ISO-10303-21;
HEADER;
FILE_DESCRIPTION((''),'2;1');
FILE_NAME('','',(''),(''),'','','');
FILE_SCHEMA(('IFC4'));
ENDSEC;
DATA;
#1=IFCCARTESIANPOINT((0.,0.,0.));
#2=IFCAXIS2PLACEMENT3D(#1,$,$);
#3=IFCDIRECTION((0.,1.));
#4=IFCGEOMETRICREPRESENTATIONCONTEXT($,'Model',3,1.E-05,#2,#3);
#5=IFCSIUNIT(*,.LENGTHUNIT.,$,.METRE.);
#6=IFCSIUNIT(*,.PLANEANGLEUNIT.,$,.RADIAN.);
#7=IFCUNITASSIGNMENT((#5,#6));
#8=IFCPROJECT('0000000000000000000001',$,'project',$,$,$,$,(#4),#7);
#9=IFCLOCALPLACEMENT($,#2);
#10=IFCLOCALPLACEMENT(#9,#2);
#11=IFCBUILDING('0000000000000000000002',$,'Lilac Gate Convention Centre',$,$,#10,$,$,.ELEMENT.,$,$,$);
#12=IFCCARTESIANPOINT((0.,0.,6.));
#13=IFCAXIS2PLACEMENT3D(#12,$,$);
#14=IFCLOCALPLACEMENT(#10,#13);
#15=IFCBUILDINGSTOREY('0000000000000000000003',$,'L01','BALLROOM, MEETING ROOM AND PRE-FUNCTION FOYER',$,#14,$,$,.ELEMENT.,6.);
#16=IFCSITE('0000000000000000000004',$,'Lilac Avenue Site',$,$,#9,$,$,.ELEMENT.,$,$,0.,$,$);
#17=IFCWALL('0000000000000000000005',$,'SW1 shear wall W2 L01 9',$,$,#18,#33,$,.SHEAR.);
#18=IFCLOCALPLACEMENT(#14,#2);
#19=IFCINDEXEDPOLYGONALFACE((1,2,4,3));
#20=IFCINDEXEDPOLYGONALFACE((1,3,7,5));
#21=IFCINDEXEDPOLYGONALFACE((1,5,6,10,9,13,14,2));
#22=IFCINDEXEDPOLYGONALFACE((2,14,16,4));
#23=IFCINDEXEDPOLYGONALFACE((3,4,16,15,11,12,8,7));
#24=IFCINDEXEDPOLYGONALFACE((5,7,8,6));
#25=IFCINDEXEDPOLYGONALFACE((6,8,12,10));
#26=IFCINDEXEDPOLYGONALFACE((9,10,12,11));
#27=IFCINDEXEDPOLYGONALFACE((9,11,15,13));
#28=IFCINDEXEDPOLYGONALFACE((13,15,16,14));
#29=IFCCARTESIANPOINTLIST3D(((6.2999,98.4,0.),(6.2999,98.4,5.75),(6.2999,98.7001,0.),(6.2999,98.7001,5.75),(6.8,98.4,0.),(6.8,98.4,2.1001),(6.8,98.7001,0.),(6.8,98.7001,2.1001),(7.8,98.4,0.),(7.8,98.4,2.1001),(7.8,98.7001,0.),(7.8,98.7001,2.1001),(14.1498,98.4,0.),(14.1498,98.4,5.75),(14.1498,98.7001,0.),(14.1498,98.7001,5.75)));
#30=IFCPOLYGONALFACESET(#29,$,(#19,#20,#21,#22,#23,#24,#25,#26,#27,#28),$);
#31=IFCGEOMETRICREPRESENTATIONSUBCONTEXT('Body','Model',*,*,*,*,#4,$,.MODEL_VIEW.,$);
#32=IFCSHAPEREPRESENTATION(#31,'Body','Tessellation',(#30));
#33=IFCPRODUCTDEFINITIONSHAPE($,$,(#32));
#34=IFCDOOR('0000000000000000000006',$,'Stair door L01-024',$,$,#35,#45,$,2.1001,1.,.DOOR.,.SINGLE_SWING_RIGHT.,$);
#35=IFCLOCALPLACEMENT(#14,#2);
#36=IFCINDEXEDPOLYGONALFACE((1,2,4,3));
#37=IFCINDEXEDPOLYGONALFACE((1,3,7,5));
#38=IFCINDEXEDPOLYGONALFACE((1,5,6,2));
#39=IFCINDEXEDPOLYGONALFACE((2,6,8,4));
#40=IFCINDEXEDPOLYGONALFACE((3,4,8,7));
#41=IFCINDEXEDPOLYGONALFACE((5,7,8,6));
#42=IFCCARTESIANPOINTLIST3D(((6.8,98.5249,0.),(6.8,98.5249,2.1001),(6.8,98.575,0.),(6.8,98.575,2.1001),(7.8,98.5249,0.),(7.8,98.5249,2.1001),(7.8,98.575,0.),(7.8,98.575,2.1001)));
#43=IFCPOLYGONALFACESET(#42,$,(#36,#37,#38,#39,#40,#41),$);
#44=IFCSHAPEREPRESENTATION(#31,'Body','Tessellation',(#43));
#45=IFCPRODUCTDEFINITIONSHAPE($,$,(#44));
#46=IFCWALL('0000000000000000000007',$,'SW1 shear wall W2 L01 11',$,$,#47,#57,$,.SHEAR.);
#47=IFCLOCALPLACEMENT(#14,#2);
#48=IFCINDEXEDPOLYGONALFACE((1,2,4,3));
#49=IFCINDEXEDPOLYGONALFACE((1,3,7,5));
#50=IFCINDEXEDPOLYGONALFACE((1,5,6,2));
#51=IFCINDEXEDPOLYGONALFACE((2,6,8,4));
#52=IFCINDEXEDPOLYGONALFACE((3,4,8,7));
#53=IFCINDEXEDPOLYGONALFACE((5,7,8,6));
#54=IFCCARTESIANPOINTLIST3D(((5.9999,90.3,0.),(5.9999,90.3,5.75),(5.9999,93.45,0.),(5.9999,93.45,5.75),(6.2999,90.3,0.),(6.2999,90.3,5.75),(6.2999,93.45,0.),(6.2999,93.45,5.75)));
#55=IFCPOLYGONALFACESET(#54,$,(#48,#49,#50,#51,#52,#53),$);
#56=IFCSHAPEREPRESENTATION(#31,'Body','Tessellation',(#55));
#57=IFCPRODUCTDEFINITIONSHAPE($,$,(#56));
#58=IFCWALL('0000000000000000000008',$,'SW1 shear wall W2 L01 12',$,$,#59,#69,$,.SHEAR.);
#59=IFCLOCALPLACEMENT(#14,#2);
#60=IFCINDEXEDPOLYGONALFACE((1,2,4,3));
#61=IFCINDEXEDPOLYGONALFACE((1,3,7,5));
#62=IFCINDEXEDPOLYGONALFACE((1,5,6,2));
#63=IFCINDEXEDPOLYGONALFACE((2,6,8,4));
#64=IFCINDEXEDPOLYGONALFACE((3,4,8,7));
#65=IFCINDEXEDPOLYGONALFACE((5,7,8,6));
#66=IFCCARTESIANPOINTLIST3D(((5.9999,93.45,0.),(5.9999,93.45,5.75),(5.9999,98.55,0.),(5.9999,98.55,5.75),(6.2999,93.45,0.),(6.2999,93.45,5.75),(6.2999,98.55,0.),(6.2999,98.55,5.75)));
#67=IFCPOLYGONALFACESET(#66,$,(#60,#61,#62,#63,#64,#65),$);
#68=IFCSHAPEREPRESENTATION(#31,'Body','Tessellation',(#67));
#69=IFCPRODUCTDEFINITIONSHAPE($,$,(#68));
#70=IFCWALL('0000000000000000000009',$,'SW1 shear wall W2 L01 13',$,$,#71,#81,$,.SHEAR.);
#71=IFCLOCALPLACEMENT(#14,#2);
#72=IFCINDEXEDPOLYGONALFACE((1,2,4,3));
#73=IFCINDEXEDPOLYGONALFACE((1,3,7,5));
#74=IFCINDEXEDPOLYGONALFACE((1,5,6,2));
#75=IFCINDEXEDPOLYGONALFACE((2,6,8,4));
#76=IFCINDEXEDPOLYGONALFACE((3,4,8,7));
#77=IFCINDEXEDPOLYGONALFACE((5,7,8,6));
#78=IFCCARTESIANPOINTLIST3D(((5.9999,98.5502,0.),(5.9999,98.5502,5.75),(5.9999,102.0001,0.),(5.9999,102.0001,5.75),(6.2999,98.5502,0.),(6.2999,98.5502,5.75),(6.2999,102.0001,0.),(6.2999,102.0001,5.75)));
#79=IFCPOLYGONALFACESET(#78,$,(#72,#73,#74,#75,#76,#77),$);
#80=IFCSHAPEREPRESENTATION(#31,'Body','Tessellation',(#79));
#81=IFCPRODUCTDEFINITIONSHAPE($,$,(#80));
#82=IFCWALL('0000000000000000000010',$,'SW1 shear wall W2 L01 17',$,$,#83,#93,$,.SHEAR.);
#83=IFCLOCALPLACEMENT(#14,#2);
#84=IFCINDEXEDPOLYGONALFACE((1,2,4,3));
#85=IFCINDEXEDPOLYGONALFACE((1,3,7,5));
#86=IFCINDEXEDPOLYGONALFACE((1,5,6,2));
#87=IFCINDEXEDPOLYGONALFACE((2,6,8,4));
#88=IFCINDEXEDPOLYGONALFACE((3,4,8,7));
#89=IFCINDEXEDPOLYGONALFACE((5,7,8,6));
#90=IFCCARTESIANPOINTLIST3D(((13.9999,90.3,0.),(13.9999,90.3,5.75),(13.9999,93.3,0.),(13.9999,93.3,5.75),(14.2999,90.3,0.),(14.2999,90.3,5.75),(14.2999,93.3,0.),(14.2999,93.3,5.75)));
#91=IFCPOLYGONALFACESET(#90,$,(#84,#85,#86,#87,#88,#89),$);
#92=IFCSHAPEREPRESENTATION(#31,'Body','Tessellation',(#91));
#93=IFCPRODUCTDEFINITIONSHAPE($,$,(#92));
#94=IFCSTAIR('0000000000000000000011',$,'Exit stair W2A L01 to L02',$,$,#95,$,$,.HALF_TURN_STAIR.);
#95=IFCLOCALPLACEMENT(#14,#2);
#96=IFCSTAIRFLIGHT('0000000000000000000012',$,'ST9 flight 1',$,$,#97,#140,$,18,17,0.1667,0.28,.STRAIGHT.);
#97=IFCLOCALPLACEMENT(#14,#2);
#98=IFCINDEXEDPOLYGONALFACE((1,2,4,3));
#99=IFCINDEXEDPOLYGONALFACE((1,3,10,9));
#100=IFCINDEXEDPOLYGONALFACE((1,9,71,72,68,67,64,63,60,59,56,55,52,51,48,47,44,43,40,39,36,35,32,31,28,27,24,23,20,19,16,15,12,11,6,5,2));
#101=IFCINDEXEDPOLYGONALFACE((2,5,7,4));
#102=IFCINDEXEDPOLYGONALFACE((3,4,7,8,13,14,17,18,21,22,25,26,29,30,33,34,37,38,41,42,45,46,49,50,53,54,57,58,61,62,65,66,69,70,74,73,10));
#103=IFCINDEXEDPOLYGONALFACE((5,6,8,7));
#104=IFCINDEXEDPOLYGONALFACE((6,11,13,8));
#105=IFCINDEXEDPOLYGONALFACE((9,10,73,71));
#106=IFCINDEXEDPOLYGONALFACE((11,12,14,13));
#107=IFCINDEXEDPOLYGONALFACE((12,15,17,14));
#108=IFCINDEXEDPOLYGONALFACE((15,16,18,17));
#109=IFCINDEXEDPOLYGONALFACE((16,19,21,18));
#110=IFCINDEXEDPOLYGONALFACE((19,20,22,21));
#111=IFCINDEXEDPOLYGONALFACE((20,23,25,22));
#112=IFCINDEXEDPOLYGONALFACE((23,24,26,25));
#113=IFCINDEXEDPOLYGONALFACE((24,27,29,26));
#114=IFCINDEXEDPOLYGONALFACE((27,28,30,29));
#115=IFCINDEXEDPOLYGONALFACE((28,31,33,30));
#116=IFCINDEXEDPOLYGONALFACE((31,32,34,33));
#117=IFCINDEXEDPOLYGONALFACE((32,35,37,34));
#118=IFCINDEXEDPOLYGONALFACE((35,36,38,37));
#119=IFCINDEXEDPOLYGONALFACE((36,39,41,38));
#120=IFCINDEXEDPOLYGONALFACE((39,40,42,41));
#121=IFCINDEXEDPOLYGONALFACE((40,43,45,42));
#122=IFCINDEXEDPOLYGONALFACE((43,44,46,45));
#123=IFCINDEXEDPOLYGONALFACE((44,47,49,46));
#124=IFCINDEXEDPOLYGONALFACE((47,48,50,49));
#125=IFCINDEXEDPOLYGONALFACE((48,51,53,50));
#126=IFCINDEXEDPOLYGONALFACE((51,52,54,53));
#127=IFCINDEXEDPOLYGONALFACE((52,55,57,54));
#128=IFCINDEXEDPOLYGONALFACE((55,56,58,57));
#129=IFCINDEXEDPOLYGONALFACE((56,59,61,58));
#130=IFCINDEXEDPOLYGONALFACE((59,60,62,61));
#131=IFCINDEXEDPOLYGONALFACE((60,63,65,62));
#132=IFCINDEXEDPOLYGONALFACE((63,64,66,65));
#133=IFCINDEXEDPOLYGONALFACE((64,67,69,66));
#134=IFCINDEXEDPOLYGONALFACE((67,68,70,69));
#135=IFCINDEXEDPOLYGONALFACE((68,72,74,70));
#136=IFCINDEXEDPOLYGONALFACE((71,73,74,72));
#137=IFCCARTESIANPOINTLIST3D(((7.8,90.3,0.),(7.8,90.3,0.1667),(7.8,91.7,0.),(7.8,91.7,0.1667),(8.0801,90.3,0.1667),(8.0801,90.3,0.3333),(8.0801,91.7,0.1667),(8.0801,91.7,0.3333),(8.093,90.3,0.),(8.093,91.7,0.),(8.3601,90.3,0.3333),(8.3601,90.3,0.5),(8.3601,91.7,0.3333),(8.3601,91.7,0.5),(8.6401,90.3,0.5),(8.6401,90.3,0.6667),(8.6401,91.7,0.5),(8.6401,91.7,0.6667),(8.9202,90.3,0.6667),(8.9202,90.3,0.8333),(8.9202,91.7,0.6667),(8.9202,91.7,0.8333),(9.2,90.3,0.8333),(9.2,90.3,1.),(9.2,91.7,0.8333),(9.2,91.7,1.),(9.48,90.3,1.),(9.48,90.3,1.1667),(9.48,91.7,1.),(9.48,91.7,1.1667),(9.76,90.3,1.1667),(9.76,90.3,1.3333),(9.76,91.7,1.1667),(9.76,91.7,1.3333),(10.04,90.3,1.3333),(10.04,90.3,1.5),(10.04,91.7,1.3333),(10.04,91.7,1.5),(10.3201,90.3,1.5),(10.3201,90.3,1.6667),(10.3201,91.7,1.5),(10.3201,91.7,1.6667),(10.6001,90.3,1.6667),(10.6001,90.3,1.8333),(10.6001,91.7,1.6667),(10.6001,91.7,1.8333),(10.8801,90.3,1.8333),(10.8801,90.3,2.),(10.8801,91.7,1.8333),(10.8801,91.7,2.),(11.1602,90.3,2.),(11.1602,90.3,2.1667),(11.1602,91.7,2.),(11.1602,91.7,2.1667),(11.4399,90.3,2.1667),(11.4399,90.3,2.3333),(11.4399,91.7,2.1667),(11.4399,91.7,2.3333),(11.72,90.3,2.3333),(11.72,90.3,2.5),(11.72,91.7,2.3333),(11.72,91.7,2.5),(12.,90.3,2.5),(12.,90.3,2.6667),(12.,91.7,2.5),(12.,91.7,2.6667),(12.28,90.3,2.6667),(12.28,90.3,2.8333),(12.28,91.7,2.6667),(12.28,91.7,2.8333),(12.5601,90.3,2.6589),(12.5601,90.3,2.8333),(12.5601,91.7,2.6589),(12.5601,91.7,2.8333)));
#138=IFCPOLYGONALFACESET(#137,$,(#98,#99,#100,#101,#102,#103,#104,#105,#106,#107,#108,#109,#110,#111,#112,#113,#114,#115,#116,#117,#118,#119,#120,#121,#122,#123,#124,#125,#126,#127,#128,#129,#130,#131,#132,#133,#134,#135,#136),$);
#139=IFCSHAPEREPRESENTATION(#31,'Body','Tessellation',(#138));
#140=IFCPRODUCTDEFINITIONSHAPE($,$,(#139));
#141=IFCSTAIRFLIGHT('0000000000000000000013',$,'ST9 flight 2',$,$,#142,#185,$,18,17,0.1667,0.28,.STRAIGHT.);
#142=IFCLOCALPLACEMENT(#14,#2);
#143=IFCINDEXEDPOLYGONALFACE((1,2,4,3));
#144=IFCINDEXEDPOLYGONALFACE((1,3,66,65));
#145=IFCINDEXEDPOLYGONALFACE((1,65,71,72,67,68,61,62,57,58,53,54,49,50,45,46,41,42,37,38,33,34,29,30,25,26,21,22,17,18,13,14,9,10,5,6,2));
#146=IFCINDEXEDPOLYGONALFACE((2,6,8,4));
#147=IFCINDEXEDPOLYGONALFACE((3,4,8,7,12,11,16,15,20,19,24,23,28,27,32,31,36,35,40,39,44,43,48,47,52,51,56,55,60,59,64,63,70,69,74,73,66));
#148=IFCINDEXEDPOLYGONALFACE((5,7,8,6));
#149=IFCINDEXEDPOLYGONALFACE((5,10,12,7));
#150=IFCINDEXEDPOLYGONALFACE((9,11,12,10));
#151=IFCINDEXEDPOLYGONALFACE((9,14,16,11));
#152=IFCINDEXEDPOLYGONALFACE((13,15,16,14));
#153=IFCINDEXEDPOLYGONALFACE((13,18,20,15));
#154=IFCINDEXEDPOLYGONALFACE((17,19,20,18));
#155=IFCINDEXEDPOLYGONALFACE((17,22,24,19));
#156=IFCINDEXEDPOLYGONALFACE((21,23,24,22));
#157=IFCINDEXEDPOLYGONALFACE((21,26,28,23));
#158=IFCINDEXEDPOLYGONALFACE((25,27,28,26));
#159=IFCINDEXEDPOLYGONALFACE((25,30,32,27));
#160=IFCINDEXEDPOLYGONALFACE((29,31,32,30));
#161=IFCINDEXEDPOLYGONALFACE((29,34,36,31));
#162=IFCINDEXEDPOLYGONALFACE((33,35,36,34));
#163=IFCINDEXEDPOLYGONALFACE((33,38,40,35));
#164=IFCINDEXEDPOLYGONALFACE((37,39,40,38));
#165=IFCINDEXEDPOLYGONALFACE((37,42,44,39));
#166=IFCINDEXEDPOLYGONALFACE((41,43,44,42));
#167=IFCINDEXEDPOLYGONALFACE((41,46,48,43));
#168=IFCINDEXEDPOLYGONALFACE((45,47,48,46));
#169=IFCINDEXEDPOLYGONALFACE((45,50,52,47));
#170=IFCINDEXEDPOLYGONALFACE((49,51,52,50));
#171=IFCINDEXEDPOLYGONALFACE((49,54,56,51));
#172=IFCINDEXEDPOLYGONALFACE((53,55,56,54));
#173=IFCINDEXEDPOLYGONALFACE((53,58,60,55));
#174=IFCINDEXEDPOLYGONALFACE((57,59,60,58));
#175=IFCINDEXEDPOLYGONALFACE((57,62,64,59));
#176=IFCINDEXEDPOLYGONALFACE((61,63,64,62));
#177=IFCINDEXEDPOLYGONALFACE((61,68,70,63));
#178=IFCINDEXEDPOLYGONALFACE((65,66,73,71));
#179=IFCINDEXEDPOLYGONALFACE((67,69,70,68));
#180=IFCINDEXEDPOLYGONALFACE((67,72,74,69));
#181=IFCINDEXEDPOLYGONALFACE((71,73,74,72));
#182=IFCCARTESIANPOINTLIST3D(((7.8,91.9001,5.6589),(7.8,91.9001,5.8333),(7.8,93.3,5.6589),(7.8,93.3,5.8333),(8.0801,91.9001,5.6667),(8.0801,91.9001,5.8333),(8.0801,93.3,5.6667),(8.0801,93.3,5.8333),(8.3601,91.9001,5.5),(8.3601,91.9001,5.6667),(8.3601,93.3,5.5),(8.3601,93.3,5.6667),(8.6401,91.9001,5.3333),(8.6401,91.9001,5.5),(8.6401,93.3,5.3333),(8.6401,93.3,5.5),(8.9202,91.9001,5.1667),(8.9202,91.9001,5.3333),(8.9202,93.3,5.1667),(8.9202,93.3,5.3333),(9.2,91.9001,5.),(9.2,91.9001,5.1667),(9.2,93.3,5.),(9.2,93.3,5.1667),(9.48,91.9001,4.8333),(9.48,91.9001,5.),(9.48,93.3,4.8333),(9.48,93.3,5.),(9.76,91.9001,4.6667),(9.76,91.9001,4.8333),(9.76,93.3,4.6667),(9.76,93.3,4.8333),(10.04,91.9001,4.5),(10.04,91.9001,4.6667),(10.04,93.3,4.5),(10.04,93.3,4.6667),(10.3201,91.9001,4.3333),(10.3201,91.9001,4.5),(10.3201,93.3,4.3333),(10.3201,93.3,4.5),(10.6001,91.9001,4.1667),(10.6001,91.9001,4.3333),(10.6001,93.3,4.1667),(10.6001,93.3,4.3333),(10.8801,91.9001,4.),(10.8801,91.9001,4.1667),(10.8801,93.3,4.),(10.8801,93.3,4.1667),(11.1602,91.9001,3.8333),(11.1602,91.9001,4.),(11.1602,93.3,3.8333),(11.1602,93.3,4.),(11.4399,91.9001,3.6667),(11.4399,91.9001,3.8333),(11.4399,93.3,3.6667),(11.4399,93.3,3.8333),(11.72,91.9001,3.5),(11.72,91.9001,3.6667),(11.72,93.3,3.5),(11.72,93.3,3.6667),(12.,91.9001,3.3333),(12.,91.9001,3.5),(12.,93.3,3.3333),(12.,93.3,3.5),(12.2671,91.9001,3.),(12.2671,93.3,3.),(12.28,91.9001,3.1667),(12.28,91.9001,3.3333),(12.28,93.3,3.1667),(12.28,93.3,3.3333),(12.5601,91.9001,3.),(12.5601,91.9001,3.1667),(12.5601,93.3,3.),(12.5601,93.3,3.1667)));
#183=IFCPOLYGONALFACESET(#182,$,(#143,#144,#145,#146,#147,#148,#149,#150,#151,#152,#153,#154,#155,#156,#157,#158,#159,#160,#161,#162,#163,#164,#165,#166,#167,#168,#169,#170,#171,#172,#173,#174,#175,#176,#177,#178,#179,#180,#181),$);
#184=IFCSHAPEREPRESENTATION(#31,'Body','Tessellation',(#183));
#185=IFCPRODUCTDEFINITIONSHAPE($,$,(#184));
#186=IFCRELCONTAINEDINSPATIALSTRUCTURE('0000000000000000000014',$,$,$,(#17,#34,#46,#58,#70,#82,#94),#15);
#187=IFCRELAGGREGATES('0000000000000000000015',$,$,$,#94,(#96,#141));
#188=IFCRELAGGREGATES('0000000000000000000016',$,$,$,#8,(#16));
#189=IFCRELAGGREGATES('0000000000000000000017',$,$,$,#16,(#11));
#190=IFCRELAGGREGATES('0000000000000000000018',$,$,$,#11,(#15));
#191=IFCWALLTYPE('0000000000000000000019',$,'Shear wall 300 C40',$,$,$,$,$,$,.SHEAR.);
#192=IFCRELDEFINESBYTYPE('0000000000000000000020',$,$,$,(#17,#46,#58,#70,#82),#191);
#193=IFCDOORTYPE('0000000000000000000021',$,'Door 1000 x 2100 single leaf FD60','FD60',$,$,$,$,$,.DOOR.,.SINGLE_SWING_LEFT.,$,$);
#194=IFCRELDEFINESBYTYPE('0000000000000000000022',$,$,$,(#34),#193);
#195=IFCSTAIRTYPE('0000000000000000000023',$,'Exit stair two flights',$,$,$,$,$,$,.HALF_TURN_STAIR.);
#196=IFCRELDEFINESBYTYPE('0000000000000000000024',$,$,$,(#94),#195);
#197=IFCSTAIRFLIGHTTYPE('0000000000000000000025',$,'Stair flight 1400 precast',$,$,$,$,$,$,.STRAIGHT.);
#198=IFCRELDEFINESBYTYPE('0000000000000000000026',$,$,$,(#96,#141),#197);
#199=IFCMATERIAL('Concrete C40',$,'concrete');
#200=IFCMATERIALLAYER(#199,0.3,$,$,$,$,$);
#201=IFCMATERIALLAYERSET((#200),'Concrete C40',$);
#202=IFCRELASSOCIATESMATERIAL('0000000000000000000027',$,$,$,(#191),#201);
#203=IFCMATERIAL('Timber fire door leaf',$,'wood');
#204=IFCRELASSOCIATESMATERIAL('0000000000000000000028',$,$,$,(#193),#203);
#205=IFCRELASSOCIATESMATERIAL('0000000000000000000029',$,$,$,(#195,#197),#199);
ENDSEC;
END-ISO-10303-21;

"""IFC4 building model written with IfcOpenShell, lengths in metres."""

from ifc_helpers import new_model, si_unit, direction, frame, frame_2d, origin, place, context, subcontext, project, spatial, polyline, rectangle, outline, extrude, material, layer, layer_set, type_object, element, fill, aggregate, save


model = new_model("IFC4")

# Units and contexts
model_context = context("Model", 3, precision=1e-05, world=origin(), true_north=direction((0.0, 1.0)))
body_context = subcontext(model_context, "Body", "Model", "MODEL_VIEW")
ifc_project = project(units=[si_unit("LENGTHUNIT", "METRE"), si_unit("PLANEANGLEUNIT", "RADIAN")], contexts=[model_context])

# Site, building, storey
site_placement = place(None, origin())
site = spatial("IfcSite", under=ifc_project, at=site_placement, Name="Lilac Avenue Site", CompositionType="ELEMENT", RefElevation=0.0)
building_placement = place(site_placement, origin())
building = spatial("IfcBuilding", under=site, at=building_placement, Name="Lilac Gate Convention Centre", CompositionType="ELEMENT")
storey_placement = place(building_placement, frame((0.0, 0.0, 6.0)))
storey = spatial("IfcBuildingStorey", under=building, at=storey_placement, Name="L01", Description="BALLROOM, MEETING ROOM AND PRE-FUNCTION FOYER", CompositionType="ELEMENT", Elevation=6.0)

# Shared definitions
ifc_material_1 = material(Name="Timber fire door leaf", Category="wood")

# Shared definitions
ifc_material_2 = material(Name="Concrete C40", Category="concrete")
ifc_layer_1 = layer(ifc_material_2, 0.3)
ifc_layer_set_1 = layer_set([ifc_layer_1], Name="Concrete C40")
wall_type_1 = type_object("IfcWallType", Name="Shear wall 300 C40", PredefinedType="SHEAR", material=ifc_layer_set_1)

# Wall, opening, door
door_type_1 = type_object("IfcDoorType", Name="Door 1000 x 2100 single leaf FD60", Description="FD60", OperationType="SINGLE_SWING_LEFT", PredefinedType="DOOR", material=ifc_material_1)
wall_1_placement = place(storey_placement, frame((6.3, 98.55, 0.0), z_axis=(0.0, 0.0, 1.0), x_axis=(1.0, 0.0, 0.0)))
wall_1 = element("IfcWall", 1, at=wall_1_placement, inside=storey, type_object=wall_type_1, Name="SW1 shear wall W2 L01 9", PredefinedType="SHEAR", context=body_context, shape_type="SweptSolid", body=[
    extrude(rectangle(XDim=7.8499, YDim=0.3, at=frame_2d((3.9248, 0.0))), origin(), (0.0, 0.0, 1.0), 5.75),
])
opening_1_placement = place(wall_1_placement, frame((0.5, 0.0, 0.0)))
opening_1 = element("IfcOpeningElement", 2, at=opening_1_placement, cuts=wall_1, PredefinedType="OPENING", context=body_context, shape_type="SweptSolid", body=[
    extrude(rectangle(XDim=1.0, YDim=2.1001, at=frame_2d((0.5, 1.05))), frame((0.0, 0.1599, 0.0), z_axis=(0.0, -1.0, 0.0), x_axis=(1.0, 0.0, 0.0)), (0.0, 0.0, 1.0), 0.3201),
])
door_1_placement = place(opening_1_placement, origin())
door_1 = element("IfcDoor", 3, at=door_1_placement, inside=storey, type_object=door_type_1, Name="Stair door L01-024", OperationType="SINGLE_SWING_RIGHT", OverallHeight=2.1001, OverallWidth=1.0, PredefinedType="DOOR", context=body_context, shape_type="SweptSolid", body=[
    extrude(rectangle(XDim=1.0, YDim=2.1001, at=frame_2d((0.5, 1.05))), frame((0.0, 0.0249, 0.0), z_axis=(0.0, -1.0, 0.0), x_axis=(1.0, 0.0, 0.0)), (0.0, 0.0, 1.0), 0.05),
])
fill(opening_1, door_1)

# Walls
wall_2_placement = place(storey_placement, frame((6.1499, 90.3, 0.0), z_axis=(0.0, 0.0, 1.0), x_axis=(0.0, 1.0, 0.0)))
element("IfcWall", 4, at=wall_2_placement, inside=storey, type_object=wall_type_1, Name="SW1 shear wall W2 L01 11", PredefinedType="SHEAR", context=body_context, shape_type="SweptSolid", body=[
    extrude(rectangle(XDim=3.1499, YDim=0.3, at=frame_2d((1.575, 0.0))), origin(), (0.0, 0.0, 1.0), 5.75),
])
wall_3_placement = place(storey_placement, frame((6.1499, 93.45, 0.0), z_axis=(0.0, 0.0, 1.0), x_axis=(0.0, 1.0, 0.0)))
element("IfcWall", 5, at=wall_3_placement, inside=storey, type_object=wall_type_1, Name="SW1 shear wall W2 L01 12", PredefinedType="SHEAR", context=body_context, shape_type="SweptSolid", body=[
    extrude(rectangle(XDim=5.1001, YDim=0.3, at=frame_2d((2.55, 0.0))), origin(), (0.0, 0.0, 1.0), 5.75),
])
wall_4_placement = place(storey_placement, frame((6.1499, 98.55, 0.0), z_axis=(0.0, 0.0, 1.0), x_axis=(0.0, 1.0, 0.0)))
element("IfcWall", 6, at=wall_4_placement, inside=storey, type_object=wall_type_1, Name="SW1 shear wall W2 L01 13", PredefinedType="SHEAR", context=body_context, shape_type="SweptSolid", body=[
    extrude(rectangle(XDim=3.45, YDim=0.3, at=frame_2d((1.7251, 0.0))), origin(), (0.0, 0.0, 1.0), 5.75),
])
wall_5_placement = place(storey_placement, frame((14.1499, 90.3, 0.0), z_axis=(0.0, 0.0, 1.0), x_axis=(0.0, 1.0, 0.0)))
element("IfcWall", 7, at=wall_5_placement, inside=storey, type_object=wall_type_1, Name="SW1 shear wall W2 L01 17", PredefinedType="SHEAR", context=body_context, shape_type="SweptSolid", body=[
    extrude(rectangle(XDim=3.0, YDim=0.3, at=frame_2d((1.5, 0.0))), origin(), (0.0, 0.0, 1.0), 5.75),
])

# Stair, stair flights
stair_type = type_object("IfcStairType", Name="Exit stair two flights", PredefinedType="HALF_TURN_STAIR", material=ifc_material_2)
stair_placement = place(storey_placement, origin())
stair = element("IfcStair", 8, at=stair_placement, inside=storey, type_object=stair_type, Name="Exit stair W2A L01 to L02", PredefinedType="HALF_TURN_STAIR")
stair_flight_type = type_object("IfcStairFlightType", Name="Stair flight 1400 precast", PredefinedType="STRAIGHT", material=ifc_material_2)
stair_flight_1_placement = place(storey_placement, frame((7.8, 91.0, 0.0), z_axis=(0.0, 0.0, 1.0), x_axis=(1.0, 0.0, 0.0)))
stair_flight_1 = element("IfcStairFlight", 9, at=stair_flight_1_placement, type_object=stair_flight_type, Name="ST9 flight 1", NumberOfRisers=18, NumberOfTreads=17, PredefinedType="STRAIGHT", RiserHeight=0.1667, TreadLength=0.28, context=body_context, shape_type="SweptSolid", body=[
    extrude(outline(polyline([(0.0, 0.0), (0.0, 0.1667), (0.28, 0.1667), (0.28, 0.3333), (0.5601, 0.3333), (0.5601, 0.5), (0.8401, 0.5), (0.8401, 0.6667), (1.1201, 0.6667), (1.1201, 0.8333), (1.3999, 0.8333), (1.3999, 1.0), (1.6799, 1.0), (1.6799, 1.1667), (1.96, 1.1667), (1.96, 1.3333), (2.24, 1.3333), (2.24, 1.5), (2.52, 1.5), (2.52, 1.6667), (2.8, 1.6667), (2.8, 1.8333), (3.0801, 1.8333), (3.0801, 2.0), (3.3601, 2.0), (3.3601, 2.1667), (3.6399, 2.1667), (3.6399, 2.3333), (3.9199, 2.3333), (3.9199, 2.5), (4.2, 2.5), (4.2, 2.6667), (4.48, 2.6667), (4.48, 2.8333), (4.76, 2.8333), (4.76, 3.0), (4.76, 2.6589), (0.293, 0.0), (0.0, 0.0)])), frame((0.0, 0.7, 0.0), z_axis=(0.0, -1.0, 0.0), x_axis=(1.0, 0.0, 0.0)), (0.0, 0.0, 1.0), 1.3999),
])
stair_flight_2_placement = place(storey_placement, frame((12.5601, 92.6001, 3.0), z_axis=(0.0, 0.0, 1.0), x_axis=(-1.0, 0.0, 0.0)))
stair_flight_2 = element("IfcStairFlight", 10, at=stair_flight_2_placement, type_object=stair_flight_type, Name="ST9 flight 2", NumberOfRisers=18, NumberOfTreads=17, PredefinedType="STRAIGHT", RiserHeight=0.1667, TreadLength=0.28, context=body_context, shape_type="SweptSolid", body=[
    extrude(outline(polyline([(0.0, 0.0), (0.0, 0.1667), (0.28, 0.1667), (0.28, 0.3333), (0.5601, 0.3333), (0.5601, 0.5), (0.8401, 0.5), (0.8401, 0.6667), (1.1201, 0.6667), (1.1201, 0.8333), (1.3999, 0.8333), (1.3999, 1.0), (1.6799, 1.0), (1.6799, 1.1667), (1.96, 1.1667), (1.96, 1.3333), (2.24, 1.3333), (2.24, 1.5), (2.52, 1.5), (2.52, 1.6667), (2.8, 1.6667), (2.8, 1.8333), (3.0801, 1.8333), (3.0801, 2.0), (3.3601, 2.0), (3.3601, 2.1667), (3.6399, 2.1667), (3.6399, 2.3333), (3.9199, 2.3333), (3.9199, 2.5), (4.2, 2.5), (4.2, 2.6667), (4.48, 2.6667), (4.48, 2.8333), (4.76, 2.8333), (4.76, 3.0), (4.76, 2.6589), (0.293, 0.0), (0.0, 0.0)])), frame((0.0, 0.7, 0.0), z_axis=(0.0, -1.0, 0.0), x_axis=(1.0, 0.0, 0.0)), (0.0, 0.0, 1.0), 1.3999),
])
aggregate(stair, [stair_flight_1, stair_flight_2])

save(model, "model.ifc")
